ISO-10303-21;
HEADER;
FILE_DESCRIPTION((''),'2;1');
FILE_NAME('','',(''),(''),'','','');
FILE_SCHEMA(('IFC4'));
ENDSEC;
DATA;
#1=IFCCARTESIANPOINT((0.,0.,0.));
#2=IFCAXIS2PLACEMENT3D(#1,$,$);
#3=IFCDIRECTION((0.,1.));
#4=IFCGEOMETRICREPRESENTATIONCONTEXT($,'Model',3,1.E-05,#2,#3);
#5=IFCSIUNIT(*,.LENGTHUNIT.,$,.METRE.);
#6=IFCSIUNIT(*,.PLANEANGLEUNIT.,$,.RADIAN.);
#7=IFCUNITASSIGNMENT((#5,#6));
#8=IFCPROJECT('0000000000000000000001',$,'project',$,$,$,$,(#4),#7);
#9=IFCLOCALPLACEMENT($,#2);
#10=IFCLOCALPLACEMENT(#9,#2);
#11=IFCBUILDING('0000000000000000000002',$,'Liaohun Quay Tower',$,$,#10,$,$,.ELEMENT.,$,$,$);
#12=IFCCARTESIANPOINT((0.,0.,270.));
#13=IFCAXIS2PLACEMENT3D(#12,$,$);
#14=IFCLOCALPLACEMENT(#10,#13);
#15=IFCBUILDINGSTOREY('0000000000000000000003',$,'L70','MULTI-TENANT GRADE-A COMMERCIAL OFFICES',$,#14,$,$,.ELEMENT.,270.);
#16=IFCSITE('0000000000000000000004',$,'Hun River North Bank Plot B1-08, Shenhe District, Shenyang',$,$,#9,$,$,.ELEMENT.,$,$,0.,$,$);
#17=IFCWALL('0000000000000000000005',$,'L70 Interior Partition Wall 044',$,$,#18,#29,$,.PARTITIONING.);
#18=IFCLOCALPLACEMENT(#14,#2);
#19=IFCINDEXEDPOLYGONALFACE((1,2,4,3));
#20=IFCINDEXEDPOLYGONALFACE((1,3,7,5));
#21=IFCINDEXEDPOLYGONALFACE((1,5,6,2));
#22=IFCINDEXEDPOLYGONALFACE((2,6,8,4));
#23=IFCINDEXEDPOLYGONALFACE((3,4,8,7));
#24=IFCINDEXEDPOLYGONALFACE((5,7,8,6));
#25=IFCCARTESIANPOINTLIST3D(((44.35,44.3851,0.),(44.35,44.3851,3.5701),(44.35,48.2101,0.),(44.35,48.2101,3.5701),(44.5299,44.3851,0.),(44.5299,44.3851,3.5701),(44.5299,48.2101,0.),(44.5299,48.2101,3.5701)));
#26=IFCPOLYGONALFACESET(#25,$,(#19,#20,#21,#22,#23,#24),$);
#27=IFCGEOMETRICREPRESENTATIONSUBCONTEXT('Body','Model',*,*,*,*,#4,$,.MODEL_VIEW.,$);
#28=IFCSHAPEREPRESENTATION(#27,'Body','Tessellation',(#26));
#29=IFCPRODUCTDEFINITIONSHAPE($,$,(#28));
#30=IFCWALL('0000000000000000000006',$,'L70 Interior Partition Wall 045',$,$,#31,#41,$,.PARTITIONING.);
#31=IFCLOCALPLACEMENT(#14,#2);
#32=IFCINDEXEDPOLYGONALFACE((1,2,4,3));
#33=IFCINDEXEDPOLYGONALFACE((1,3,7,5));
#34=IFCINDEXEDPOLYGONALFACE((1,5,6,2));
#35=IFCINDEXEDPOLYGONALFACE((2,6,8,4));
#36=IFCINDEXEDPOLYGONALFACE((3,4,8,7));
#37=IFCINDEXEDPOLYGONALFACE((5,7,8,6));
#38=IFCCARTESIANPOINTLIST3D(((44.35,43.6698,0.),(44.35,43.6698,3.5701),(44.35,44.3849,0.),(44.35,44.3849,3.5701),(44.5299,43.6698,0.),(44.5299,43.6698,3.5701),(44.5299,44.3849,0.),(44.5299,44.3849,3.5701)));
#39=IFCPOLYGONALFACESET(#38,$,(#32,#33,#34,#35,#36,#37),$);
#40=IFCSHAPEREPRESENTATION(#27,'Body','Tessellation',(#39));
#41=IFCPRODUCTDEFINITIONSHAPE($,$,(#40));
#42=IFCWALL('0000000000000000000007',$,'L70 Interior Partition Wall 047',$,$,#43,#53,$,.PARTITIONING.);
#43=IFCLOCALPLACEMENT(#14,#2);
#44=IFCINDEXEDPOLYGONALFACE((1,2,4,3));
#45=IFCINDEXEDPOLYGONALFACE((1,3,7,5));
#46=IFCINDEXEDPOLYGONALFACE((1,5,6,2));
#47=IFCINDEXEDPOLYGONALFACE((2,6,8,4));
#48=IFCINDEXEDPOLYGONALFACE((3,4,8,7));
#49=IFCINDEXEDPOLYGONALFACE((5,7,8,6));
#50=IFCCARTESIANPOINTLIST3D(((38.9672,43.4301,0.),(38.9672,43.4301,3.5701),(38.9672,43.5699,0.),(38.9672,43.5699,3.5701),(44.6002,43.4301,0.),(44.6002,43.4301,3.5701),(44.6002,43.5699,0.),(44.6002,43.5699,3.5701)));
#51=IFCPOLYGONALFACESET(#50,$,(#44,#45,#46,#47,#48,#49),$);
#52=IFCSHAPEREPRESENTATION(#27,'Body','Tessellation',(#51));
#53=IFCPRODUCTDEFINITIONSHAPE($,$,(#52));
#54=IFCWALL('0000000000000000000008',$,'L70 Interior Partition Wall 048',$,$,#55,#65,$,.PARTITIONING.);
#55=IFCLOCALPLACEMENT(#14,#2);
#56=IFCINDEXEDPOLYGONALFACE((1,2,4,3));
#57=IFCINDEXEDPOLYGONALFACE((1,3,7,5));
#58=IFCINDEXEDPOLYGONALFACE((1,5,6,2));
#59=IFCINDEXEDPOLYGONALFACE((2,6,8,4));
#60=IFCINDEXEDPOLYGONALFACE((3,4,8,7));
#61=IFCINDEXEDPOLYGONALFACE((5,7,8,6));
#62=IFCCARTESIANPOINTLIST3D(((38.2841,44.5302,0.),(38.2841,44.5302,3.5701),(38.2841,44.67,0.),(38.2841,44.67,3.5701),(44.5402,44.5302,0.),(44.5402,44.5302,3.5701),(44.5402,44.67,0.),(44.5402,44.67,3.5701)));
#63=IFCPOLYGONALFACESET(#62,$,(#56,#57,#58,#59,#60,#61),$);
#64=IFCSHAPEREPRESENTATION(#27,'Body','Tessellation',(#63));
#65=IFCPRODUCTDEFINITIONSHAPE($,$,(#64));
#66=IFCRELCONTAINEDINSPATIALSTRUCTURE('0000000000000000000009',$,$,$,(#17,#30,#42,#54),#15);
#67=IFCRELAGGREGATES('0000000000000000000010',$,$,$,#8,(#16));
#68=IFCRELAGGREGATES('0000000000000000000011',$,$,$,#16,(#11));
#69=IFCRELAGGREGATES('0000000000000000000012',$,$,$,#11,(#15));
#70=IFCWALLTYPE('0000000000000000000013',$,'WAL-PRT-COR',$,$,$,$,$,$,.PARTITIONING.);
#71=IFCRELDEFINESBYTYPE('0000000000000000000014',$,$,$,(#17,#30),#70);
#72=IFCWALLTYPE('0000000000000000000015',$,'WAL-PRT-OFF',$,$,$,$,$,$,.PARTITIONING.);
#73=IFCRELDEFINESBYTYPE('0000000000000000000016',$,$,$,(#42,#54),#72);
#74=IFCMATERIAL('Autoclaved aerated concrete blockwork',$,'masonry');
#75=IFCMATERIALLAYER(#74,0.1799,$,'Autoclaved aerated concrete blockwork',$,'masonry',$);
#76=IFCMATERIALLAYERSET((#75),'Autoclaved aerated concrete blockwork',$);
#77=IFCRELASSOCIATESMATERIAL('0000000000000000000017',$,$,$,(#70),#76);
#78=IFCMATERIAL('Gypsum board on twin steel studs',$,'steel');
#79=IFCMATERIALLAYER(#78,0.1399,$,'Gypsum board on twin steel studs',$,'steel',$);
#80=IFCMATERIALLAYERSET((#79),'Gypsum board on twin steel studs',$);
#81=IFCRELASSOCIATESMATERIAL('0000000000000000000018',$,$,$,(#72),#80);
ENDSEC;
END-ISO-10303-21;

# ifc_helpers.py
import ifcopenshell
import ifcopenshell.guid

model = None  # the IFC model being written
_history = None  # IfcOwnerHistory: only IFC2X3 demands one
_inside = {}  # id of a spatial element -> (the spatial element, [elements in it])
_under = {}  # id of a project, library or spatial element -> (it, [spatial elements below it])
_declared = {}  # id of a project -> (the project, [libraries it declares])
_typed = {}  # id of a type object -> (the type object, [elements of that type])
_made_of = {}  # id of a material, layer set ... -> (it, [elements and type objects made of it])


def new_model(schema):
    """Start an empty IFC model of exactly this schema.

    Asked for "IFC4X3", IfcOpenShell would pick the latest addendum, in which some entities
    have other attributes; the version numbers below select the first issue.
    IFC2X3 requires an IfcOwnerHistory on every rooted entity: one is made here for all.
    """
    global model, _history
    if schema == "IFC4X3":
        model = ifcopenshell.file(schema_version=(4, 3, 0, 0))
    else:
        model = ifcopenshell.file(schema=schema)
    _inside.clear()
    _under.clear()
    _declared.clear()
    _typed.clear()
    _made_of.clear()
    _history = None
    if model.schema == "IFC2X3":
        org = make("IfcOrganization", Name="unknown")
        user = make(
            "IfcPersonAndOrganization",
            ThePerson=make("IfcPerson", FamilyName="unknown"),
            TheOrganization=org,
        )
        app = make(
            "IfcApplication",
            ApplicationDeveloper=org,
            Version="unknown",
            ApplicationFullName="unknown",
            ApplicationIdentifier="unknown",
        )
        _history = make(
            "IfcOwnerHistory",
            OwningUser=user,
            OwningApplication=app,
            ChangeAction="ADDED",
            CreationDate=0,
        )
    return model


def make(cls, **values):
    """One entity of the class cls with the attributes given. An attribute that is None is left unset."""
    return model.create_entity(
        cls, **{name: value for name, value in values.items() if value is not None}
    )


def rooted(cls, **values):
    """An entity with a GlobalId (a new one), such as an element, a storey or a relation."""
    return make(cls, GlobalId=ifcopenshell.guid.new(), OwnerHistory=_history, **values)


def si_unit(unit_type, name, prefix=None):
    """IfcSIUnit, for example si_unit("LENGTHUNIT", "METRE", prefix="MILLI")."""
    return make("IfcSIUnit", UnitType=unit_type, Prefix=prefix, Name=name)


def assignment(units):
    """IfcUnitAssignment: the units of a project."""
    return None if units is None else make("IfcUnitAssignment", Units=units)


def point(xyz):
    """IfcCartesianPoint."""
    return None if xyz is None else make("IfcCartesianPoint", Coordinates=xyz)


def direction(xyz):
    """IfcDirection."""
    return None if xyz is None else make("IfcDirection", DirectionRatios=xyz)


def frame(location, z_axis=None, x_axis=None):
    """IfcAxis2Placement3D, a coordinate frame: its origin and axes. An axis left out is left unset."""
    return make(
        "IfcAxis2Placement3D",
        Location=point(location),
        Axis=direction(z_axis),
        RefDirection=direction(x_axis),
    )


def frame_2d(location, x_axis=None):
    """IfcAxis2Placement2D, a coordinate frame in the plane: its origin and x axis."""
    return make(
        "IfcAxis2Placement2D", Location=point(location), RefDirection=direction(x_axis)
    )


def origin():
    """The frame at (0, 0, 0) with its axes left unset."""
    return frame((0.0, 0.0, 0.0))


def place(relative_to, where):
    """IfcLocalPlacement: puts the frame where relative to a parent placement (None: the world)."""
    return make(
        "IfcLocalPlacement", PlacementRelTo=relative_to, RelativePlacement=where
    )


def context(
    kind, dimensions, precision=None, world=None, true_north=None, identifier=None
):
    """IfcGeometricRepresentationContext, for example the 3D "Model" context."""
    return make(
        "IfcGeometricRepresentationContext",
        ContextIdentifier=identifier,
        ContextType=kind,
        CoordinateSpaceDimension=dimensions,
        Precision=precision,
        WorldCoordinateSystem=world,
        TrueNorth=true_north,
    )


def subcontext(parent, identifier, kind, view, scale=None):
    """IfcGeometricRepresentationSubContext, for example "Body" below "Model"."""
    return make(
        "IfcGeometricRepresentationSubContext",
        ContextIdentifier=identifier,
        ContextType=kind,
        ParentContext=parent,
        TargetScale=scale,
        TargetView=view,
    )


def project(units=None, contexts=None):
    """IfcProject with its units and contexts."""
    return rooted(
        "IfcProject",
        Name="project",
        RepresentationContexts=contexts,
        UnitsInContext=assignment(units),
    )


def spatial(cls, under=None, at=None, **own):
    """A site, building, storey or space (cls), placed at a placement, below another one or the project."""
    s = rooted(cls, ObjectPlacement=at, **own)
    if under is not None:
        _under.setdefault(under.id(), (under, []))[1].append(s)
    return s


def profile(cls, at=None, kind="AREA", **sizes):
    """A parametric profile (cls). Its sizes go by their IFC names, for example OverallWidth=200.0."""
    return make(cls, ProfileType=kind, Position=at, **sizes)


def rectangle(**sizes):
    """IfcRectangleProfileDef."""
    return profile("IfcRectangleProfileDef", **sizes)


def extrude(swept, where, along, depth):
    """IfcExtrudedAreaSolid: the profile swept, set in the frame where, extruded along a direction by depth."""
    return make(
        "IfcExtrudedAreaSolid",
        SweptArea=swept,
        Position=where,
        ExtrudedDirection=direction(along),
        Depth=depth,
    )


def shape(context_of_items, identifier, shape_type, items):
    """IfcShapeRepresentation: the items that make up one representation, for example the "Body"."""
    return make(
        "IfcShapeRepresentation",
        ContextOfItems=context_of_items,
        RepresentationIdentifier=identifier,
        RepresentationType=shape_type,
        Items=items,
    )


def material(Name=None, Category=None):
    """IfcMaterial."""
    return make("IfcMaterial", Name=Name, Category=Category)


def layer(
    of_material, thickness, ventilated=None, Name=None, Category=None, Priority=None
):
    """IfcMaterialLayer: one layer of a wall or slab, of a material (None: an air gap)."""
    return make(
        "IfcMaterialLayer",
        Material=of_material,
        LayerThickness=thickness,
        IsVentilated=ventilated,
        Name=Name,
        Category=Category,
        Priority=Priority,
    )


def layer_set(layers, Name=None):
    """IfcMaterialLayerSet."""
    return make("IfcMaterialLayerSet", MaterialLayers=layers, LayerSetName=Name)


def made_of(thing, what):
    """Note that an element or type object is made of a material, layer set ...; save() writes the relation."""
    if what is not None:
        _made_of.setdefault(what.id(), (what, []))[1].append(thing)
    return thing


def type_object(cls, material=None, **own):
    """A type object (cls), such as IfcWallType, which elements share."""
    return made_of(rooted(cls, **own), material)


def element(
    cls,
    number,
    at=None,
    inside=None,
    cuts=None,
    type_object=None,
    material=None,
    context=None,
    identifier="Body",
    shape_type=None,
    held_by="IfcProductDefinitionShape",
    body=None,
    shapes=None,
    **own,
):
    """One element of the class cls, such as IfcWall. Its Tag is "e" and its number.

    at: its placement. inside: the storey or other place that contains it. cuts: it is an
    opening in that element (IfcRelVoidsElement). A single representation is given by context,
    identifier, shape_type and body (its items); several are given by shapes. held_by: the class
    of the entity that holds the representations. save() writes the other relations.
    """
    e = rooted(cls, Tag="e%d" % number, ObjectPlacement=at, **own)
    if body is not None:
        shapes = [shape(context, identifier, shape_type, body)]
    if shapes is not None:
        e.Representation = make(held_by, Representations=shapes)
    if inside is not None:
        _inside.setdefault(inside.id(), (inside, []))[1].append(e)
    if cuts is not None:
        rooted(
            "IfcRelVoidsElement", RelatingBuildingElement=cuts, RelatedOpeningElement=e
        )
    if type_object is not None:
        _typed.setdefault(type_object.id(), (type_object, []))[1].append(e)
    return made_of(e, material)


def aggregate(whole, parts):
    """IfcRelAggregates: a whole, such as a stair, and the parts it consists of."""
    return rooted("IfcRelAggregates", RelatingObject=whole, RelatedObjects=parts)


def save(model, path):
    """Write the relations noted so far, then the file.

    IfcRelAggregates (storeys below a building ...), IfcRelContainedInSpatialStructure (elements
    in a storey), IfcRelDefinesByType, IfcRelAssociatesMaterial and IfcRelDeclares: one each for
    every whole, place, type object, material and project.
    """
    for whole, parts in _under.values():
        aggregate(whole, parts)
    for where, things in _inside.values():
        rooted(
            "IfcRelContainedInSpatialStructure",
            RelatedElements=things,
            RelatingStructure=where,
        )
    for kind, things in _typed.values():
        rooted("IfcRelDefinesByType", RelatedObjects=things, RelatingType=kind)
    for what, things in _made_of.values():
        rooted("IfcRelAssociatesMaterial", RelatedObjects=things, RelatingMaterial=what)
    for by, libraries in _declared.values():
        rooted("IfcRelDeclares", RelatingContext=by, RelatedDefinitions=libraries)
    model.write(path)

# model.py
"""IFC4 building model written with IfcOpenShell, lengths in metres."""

from ifc_helpers import new_model, si_unit, direction, frame, frame_2d, origin, place, context, subcontext, project, spatial, rectangle, extrude, material, layer, layer_set, type_object, element, save


model = new_model("IFC4")

# Units and contexts
model_context = context("Model", 3, precision=1e-05, world=origin(), true_north=direction((0.0, 1.0)))
body_context = subcontext(model_context, "Body", "Model", "MODEL_VIEW")
ifc_project = project(units=[si_unit("LENGTHUNIT", "METRE"), si_unit("PLANEANGLEUNIT", "RADIAN")], contexts=[model_context])

# Site, building, storey
site_placement = place(None, origin())
site = spatial("IfcSite", under=ifc_project, at=site_placement, Name="Hun River North Bank Plot B1-08, Shenhe District, Shenyang", CompositionType="ELEMENT", RefElevation=0.0)
building_placement = place(site_placement, origin())
building = spatial("IfcBuilding", under=site, at=building_placement, Name="Liaohun Quay Tower", CompositionType="ELEMENT")
storey_placement = place(building_placement, frame((0.0, 0.0, 270.0)))
storey = spatial("IfcBuildingStorey", under=building, at=storey_placement, Name="L70", Description="MULTI-TENANT GRADE-A COMMERCIAL OFFICES", CompositionType="ELEMENT", Elevation=270.0)

# Walls
ifc_material_1 = material(Name="Autoclaved aerated concrete blockwork", Category="masonry")
ifc_layer_1 = layer(ifc_material_1, 0.1799, Name="Autoclaved aerated concrete blockwork", Category="masonry")
ifc_layer_set_1 = layer_set([ifc_layer_1], Name="Autoclaved aerated concrete blockwork")
wall_type_1 = type_object("IfcWallType", Name="WAL-PRT-COR", PredefinedType="PARTITIONING", material=ifc_layer_set_1)
wall_1_placement = place(storey_placement, frame((44.4399, 44.385, 0.0), z_axis=(0.0, 0.0, 1.0), x_axis=(0.0, 1.0, 0.0)))
element("IfcWall", 1, at=wall_1_placement, inside=storey, type_object=wall_type_1, Name="L70 Interior Partition Wall 044", PredefinedType="PARTITIONING", context=body_context, shape_type="SweptSolid", body=[
    extrude(rectangle(XDim=3.825, YDim=0.1799, at=frame_2d((1.9126, 0.0))), origin(), (0.0, 0.0, 1.0), 3.5701),
])
wall_2_placement = place(storey_placement, frame((44.4399, 43.6699, 0.0), z_axis=(0.0, 0.0, 1.0), x_axis=(0.0, 1.0, 0.0)))
element("IfcWall", 2, at=wall_2_placement, inside=storey, type_object=wall_type_1, Name="L70 Interior Partition Wall 045", PredefinedType="PARTITIONING", context=body_context, shape_type="SweptSolid", body=[
    extrude(rectangle(XDim=0.7151, YDim=0.1799, at=frame_2d((0.3574, 0.0))), origin(), (0.0, 0.0, 1.0), 3.5701),
])
ifc_material_2 = material(Name="Gypsum board on twin steel studs", Category="steel")
ifc_layer_2 = layer(ifc_material_2, 0.1399, Name="Gypsum board on twin steel studs", Category="steel")
ifc_layer_set_2 = layer_set([ifc_layer_2], Name="Gypsum board on twin steel studs")
wall_type_2 = type_object("IfcWallType", Name="WAL-PRT-OFF", PredefinedType="PARTITIONING", material=ifc_layer_set_2)
wall_3_placement = place(storey_placement, frame((44.6001, 43.5, 0.0), z_axis=(0.0, 0.0, 1.0), x_axis=(-1.0, 0.0, 0.0)))
element("IfcWall", 3, at=wall_3_placement, inside=storey, type_object=wall_type_2, Name="L70 Interior Partition Wall 047", PredefinedType="PARTITIONING", context=body_context, shape_type="SweptSolid", body=[
    extrude(rectangle(XDim=5.6331, YDim=0.1399, at=frame_2d((2.8164, 0.0))), origin(), (0.0, 0.0, 1.0), 3.5701),
])
wall_4_placement = place(storey_placement, frame((44.54, 44.6001, 0.0), z_axis=(0.0, 0.0, 1.0), x_axis=(-1.0, 0.0, 0.0)))
element("IfcWall", 4, at=wall_4_placement, inside=storey, type_object=wall_type_2, Name="L70 Interior Partition Wall 048", PredefinedType="PARTITIONING", context=body_context, shape_type="SweptSolid", body=[
    extrude(rectangle(XDim=6.2561, YDim=0.1399, at=frame_2d((3.1279, 0.0))), origin(), (0.0, 0.0, 1.0), 3.5701),
])

save(model, "model.ifc")
